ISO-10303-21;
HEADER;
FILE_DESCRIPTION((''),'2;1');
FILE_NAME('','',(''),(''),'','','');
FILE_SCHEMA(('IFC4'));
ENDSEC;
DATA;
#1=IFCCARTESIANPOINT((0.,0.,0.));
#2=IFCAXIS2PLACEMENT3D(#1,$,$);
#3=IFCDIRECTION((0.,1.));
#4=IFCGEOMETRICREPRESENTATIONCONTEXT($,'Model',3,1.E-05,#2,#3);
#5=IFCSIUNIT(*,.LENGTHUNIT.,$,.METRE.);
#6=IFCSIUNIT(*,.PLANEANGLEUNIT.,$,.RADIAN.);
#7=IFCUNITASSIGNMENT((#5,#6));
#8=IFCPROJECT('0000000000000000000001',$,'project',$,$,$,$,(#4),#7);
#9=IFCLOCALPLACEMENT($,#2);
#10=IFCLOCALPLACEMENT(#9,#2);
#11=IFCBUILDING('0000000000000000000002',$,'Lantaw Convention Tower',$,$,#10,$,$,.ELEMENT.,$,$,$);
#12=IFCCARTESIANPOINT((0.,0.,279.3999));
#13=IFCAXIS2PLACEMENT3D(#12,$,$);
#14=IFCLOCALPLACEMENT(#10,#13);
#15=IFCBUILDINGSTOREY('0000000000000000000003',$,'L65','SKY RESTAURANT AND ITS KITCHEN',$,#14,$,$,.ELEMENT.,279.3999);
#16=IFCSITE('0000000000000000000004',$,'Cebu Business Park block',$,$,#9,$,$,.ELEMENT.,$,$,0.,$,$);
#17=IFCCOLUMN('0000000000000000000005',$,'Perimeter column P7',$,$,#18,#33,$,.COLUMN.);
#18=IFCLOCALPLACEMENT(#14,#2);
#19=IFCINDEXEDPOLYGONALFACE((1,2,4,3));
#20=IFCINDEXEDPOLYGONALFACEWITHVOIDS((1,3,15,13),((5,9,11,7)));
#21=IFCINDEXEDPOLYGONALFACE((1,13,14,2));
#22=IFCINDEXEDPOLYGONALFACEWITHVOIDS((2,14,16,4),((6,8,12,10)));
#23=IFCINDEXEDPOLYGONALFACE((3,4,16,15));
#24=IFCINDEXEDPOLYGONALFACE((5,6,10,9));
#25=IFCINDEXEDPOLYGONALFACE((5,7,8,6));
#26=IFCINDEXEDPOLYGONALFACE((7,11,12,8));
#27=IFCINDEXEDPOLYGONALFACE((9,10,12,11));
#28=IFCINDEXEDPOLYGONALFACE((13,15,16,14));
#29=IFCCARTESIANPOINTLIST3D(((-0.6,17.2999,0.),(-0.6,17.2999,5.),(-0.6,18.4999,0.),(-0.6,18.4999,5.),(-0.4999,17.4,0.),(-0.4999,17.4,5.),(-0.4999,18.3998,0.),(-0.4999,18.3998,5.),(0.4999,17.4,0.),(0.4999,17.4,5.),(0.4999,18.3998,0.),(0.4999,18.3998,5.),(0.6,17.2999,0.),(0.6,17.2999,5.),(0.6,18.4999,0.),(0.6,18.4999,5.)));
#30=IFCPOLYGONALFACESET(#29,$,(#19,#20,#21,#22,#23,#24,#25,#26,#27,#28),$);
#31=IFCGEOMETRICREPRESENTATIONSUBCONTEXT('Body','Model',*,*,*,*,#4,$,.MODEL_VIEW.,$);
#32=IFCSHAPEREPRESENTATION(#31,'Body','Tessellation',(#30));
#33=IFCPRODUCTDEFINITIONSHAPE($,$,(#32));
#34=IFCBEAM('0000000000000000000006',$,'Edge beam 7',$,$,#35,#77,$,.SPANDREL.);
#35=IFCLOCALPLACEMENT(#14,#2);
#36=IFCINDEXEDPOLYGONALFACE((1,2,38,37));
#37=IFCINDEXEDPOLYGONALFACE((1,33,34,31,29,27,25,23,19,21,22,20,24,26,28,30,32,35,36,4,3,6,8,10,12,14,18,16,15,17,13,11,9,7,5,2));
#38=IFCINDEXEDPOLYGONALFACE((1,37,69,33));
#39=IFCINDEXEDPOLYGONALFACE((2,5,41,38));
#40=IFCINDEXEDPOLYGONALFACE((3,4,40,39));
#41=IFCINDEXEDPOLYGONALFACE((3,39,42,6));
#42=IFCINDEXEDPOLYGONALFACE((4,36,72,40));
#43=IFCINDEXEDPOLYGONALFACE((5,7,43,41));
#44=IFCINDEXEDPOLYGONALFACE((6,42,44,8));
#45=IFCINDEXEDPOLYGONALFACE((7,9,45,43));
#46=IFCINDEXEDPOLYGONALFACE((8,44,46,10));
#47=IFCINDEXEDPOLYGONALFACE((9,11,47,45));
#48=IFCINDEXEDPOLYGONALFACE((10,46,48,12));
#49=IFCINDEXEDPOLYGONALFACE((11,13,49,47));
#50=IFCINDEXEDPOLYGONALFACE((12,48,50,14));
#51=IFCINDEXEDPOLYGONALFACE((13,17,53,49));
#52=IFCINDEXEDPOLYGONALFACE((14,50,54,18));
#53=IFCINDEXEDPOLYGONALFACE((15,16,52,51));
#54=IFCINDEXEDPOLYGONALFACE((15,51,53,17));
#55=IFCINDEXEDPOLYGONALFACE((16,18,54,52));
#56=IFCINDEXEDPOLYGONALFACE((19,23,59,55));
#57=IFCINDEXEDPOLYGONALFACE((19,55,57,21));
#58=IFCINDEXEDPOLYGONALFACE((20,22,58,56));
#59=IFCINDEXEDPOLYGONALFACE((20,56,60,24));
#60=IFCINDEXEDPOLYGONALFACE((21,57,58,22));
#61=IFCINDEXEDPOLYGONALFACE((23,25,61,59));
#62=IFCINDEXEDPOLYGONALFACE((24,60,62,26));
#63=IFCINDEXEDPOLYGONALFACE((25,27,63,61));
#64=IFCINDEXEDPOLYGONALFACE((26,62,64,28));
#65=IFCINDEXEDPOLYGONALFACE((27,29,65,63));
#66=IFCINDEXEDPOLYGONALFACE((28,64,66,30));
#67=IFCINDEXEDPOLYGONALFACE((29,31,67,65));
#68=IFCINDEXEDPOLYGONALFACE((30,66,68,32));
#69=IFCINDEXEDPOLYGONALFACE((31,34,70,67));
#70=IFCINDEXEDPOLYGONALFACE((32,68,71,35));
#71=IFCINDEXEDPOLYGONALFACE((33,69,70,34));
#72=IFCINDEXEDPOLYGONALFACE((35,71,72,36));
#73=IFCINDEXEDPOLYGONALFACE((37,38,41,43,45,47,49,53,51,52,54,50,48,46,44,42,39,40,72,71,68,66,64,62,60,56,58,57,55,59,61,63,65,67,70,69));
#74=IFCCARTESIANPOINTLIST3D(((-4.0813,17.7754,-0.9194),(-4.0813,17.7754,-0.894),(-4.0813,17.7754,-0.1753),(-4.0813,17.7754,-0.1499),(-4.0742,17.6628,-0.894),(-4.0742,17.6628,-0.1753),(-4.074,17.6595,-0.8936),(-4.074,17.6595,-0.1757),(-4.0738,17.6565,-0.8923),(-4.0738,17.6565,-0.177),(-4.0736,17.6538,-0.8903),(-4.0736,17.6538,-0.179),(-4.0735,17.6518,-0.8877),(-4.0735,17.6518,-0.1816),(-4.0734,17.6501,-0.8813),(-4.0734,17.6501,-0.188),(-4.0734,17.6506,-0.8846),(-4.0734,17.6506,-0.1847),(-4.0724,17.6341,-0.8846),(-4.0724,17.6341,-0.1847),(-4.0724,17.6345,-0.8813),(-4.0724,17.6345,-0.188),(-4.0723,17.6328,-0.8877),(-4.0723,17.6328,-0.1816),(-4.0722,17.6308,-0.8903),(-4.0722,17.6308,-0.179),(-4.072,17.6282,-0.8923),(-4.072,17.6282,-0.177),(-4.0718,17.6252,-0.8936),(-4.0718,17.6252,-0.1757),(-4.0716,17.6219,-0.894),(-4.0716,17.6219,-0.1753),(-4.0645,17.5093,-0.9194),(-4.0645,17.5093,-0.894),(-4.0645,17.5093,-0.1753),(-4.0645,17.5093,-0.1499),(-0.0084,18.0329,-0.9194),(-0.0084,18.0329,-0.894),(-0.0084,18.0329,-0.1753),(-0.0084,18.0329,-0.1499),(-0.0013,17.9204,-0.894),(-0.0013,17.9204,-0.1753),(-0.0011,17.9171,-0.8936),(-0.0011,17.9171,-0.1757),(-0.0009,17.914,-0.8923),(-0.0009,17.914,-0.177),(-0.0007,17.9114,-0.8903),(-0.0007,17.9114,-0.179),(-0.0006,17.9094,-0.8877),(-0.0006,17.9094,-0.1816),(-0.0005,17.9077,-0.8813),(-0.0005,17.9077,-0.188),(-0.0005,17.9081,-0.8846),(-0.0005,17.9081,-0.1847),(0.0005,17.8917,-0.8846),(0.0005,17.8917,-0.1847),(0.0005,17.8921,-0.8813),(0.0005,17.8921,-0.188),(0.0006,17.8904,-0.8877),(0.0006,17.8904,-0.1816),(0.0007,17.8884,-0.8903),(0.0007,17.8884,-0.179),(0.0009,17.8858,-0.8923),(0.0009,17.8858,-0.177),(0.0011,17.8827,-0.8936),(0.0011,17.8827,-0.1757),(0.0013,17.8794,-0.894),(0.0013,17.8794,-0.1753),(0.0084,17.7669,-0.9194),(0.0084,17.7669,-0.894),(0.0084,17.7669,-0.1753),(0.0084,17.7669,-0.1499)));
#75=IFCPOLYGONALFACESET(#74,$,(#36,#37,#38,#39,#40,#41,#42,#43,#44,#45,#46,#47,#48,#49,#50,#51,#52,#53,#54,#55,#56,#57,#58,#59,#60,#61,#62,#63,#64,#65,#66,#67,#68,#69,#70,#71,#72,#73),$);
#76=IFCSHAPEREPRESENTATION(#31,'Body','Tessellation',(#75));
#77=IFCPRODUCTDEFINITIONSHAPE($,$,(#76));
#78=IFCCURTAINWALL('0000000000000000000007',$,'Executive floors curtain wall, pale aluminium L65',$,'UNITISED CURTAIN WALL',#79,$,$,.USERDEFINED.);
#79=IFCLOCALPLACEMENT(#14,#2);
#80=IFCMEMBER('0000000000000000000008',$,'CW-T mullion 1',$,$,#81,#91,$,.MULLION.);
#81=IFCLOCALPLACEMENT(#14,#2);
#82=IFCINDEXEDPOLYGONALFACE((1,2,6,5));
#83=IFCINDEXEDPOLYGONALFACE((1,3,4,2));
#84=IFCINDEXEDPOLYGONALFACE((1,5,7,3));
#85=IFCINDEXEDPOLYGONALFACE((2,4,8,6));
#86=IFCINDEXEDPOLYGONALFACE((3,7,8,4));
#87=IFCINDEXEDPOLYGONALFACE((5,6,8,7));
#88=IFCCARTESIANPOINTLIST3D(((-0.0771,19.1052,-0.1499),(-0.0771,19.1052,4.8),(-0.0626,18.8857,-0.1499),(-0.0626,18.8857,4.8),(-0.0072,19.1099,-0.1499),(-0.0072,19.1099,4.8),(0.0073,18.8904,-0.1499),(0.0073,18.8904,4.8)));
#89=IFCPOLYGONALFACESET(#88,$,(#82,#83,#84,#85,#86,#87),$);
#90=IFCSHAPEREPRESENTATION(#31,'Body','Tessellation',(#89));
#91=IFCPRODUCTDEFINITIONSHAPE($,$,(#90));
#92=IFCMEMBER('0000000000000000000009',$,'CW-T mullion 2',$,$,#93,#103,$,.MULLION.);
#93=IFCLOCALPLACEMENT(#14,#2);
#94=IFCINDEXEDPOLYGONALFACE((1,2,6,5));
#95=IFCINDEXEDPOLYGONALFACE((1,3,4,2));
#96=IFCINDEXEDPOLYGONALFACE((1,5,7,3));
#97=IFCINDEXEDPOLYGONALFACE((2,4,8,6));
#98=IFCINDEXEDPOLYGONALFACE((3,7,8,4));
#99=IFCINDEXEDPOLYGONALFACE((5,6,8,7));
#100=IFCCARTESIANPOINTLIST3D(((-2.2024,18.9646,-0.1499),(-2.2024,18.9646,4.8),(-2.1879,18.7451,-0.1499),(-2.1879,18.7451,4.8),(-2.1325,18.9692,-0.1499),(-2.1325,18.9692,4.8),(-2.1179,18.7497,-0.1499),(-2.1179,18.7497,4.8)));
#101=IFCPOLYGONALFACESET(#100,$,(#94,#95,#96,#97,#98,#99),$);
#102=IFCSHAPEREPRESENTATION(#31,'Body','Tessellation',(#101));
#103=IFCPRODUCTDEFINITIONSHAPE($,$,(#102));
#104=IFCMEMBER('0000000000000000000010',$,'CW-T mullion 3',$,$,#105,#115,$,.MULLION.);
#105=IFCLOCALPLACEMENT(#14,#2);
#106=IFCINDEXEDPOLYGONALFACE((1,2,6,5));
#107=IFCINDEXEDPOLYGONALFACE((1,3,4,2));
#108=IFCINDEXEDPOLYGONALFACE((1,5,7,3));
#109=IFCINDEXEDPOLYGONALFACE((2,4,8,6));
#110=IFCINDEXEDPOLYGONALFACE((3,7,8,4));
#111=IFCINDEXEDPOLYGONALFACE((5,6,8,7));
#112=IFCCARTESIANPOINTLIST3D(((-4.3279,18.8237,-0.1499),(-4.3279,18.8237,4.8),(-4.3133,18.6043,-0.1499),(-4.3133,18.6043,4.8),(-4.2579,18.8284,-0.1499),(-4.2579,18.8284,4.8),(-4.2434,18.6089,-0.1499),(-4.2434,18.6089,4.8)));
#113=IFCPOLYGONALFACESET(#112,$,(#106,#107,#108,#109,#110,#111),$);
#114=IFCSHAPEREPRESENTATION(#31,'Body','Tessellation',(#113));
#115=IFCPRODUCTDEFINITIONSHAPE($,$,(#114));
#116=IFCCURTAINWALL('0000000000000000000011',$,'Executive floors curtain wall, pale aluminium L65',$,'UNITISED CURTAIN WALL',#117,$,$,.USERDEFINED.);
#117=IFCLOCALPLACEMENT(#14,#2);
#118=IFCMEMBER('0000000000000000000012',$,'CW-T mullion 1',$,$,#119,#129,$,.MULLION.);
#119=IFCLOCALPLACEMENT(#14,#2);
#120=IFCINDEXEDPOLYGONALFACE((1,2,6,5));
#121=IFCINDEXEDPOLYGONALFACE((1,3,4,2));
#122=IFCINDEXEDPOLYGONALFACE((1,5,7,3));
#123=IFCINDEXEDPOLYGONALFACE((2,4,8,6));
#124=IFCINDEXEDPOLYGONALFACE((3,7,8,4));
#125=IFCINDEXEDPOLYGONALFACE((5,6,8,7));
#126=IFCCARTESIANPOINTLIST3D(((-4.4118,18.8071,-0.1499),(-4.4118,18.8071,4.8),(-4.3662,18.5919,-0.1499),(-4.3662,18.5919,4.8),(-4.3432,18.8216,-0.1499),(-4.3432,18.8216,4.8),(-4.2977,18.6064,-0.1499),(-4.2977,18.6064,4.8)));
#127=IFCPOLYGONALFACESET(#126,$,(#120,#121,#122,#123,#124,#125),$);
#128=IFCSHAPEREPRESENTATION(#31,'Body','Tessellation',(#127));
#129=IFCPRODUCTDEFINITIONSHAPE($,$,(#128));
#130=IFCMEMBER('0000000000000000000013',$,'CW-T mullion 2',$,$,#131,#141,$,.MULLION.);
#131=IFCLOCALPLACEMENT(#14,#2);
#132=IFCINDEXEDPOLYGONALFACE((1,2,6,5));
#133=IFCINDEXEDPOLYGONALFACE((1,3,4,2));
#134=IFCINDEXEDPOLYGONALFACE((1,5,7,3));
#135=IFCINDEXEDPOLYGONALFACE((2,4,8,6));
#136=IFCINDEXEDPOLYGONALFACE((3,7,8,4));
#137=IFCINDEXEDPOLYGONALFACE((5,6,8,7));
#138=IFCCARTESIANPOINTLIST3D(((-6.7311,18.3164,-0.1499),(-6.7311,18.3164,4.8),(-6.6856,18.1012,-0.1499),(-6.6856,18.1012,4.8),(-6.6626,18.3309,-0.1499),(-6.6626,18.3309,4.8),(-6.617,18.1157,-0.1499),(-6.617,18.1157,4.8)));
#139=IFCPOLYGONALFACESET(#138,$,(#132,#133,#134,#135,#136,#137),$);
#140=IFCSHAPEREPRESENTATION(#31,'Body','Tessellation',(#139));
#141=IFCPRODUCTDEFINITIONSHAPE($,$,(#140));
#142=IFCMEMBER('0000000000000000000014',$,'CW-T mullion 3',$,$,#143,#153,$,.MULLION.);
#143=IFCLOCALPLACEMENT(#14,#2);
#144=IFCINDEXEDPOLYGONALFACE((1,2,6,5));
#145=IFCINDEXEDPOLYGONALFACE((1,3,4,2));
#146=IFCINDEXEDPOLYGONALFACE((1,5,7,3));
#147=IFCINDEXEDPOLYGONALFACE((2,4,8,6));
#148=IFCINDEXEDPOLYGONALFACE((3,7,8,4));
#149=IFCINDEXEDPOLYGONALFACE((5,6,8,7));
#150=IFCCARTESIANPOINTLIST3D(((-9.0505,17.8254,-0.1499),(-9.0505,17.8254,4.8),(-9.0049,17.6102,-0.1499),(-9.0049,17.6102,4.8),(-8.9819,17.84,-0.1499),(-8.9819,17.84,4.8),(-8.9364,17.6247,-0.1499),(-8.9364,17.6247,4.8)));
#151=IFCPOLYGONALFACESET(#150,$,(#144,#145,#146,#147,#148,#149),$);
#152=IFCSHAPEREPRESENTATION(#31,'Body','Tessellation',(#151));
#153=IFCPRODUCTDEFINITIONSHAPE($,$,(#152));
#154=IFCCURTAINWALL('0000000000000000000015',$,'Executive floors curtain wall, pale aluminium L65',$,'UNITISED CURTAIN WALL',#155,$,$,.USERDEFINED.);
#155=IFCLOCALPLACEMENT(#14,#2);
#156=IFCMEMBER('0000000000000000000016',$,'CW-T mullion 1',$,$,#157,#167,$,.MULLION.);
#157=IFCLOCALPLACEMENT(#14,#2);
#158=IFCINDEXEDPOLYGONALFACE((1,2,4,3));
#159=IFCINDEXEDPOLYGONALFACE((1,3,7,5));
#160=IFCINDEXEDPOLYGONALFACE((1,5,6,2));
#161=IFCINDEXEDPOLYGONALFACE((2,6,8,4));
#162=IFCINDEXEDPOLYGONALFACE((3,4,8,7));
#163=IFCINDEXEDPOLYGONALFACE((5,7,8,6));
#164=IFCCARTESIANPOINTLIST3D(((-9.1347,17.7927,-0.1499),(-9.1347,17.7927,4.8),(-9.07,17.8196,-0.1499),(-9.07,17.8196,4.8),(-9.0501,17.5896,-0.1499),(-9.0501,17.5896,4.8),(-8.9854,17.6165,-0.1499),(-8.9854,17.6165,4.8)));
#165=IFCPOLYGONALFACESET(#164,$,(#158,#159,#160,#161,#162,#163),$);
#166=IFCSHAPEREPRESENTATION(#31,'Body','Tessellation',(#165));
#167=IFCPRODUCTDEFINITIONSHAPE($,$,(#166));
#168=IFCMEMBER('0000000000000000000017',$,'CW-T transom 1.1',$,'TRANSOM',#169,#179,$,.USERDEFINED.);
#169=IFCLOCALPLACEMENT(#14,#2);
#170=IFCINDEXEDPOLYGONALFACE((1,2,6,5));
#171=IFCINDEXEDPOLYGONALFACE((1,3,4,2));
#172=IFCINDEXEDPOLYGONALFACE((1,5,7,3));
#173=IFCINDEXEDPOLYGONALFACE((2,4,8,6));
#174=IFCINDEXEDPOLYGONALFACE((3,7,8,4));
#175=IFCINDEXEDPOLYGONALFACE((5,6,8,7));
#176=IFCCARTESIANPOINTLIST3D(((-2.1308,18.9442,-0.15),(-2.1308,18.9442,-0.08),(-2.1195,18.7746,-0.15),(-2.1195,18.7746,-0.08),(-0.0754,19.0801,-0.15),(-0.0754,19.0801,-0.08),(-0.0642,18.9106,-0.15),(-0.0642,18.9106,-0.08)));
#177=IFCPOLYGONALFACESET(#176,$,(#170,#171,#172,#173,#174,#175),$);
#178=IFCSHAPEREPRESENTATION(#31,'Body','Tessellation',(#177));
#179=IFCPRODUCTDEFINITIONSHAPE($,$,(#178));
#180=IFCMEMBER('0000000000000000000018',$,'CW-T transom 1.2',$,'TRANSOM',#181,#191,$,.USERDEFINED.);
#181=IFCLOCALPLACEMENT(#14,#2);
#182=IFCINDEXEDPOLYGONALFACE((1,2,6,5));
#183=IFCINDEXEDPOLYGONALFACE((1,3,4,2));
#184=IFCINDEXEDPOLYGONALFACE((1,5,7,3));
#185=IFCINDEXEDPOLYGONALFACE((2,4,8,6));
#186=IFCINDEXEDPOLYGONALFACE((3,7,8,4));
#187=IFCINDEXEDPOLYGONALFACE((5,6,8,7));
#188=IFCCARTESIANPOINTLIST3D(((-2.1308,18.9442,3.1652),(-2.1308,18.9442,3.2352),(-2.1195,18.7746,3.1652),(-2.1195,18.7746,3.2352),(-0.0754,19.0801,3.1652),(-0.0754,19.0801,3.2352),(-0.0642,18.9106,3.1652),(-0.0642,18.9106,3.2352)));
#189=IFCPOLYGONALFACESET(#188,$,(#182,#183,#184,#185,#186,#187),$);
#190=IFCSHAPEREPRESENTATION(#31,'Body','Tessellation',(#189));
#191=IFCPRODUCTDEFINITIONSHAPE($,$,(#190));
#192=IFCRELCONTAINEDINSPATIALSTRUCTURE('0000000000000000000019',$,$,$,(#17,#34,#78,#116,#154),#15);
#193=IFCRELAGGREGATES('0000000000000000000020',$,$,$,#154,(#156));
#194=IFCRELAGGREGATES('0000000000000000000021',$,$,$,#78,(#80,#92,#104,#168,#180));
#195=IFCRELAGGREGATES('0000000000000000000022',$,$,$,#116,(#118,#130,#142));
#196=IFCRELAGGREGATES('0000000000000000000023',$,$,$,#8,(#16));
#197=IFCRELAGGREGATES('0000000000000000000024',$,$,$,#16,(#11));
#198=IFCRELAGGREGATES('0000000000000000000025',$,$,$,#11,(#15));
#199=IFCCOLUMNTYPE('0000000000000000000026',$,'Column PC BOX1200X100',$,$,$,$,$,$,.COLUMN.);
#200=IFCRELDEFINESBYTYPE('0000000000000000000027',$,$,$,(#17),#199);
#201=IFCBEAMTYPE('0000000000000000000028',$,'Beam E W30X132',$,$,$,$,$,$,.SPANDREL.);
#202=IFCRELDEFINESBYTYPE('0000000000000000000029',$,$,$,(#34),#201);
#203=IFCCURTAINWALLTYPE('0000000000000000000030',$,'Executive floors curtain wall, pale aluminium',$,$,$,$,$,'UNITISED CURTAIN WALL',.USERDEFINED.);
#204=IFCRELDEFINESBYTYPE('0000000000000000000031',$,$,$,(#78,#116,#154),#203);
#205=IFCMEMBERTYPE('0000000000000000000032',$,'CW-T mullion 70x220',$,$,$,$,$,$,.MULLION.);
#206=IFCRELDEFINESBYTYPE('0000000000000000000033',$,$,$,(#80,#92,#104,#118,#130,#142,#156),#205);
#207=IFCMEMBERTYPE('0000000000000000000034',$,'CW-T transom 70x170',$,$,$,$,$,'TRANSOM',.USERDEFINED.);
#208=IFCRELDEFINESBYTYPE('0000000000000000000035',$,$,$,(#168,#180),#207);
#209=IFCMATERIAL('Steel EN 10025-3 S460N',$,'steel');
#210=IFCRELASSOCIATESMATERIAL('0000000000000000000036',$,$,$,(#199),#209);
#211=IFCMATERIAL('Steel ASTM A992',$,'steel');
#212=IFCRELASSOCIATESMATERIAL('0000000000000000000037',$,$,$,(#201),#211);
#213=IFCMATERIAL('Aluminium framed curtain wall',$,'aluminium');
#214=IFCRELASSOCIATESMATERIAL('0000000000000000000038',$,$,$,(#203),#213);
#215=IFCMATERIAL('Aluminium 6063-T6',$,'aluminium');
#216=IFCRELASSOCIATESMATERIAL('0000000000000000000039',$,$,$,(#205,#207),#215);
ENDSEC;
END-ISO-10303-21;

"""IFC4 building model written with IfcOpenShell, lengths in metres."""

from ifc_helpers import new_model, si_unit, direction, frame, origin, origin_2d, place, context, subcontext, project, spatial, rectangle, hollow_rectangle, i_section, extrude, material, material_profile, profile_set, type_object, element, aggregate, save


model = new_model("IFC4")

# Units and contexts
model_context = context("Model", 3, precision=1e-05, world=origin(), true_north=direction((0.0, 1.0)))
body_context = subcontext(model_context, "Body", "Model", "MODEL_VIEW")
ifc_project = project(units=[si_unit("LENGTHUNIT", "METRE"), si_unit("PLANEANGLEUNIT", "RADIAN")], contexts=[model_context])

# Site, building, storey
site_placement = place(None, origin())
site = spatial("IfcSite", under=ifc_project, at=site_placement, Name="Cebu Business Park block", CompositionType="ELEMENT", RefElevation=0.0)
building_placement = place(site_placement, origin())
building = spatial("IfcBuilding", under=site, at=building_placement, Name="Lantaw Convention Tower", CompositionType="ELEMENT")
storey_placement = place(building_placement, frame((0.0, 0.0, 279.3999)))
storey = spatial("IfcBuildingStorey", under=building, at=storey_placement, Name="L65", Description="SKY RESTAURANT AND ITS KITCHEN", CompositionType="ELEMENT", Elevation=279.3999)

# Column
ifc_material_1 = material(Name="Steel EN 10025-3 S460N", Category="steel")
ifc_material_profile_1 = material_profile(ifc_material_1, hollow_rectangle(XDim=1.2, YDim=1.2, WallThickness=0.1001, at=origin_2d()), Name="BOX1200X100")
ifc_material_2 = material(Name="Concrete C60/75", Category="concrete")
ifc_material_profile_2 = material_profile(ifc_material_2, rectangle(XDim=1.0, YDim=1.0, at=origin_2d()), Name="Concrete fill of BOX1200X100")
ifc_profile_set_1 = profile_set([ifc_material_profile_1, ifc_material_profile_2], Name="Steel EN 10025-3 S460N")
column_type = type_object("IfcColumnType", Name="Column PC BOX1200X100", PredefinedType="COLUMN", material=ifc_profile_set_1)
column_placement = place(storey_placement, frame((0.0, 17.8999, 0.0), z_axis=(0.0, 0.0, 1.0), x_axis=(1.0, 0.0, 0.0)))
element("IfcColumn", 1, at=column_placement, inside=storey, type_object=column_type, Name="Perimeter column P7", PredefinedType="COLUMN", context=body_context, shape_type="SweptSolid", body=[
    extrude(hollow_rectangle(XDim=1.2, YDim=1.2, WallThickness=0.1001, at=origin_2d()), origin(), (0.0, 0.0, 1.0), 5.0),
])

# Beam
ifc_material_3 = material(Name="Steel ASTM A992", Category="steel")
ifc_material_profile_3 = material_profile(ifc_material_3, i_section(OverallWidth=0.2666, OverallDepth=0.7695, WebThickness=0.0156, FlangeThickness=0.0254, FilletRadius=0.0127, at=origin_2d()), Name="W30X132")
ifc_profile_set_2 = profile_set([ifc_material_profile_3], Name="Steel ASTM A992")
beam_type = type_object("IfcBeamType", Name="Beam E W30X132", PredefinedType="SPANDREL", material=ifc_profile_set_2)
beam_placement = place(storey_placement, frame((0.0, 17.8999, -0.5347), z_axis=(-0.998006, -0.063112, 0.0), x_axis=(0.063112, -0.998006, 0.0)))
element("IfcBeam", 2, at=beam_placement, inside=storey, type_object=beam_type, Name="Edge beam 7", PredefinedType="SPANDREL", context=body_context, shape_type="SweptSolid", body=[
    extrude(i_section(OverallWidth=0.2666, OverallDepth=0.7695, WebThickness=0.0156, FlangeThickness=0.0254, FilletRadius=0.0127, at=origin_2d()), origin(), (0.0, 0.0, 1.0), 4.0811),
])

# Curtain walls, members
ifc_material_4 = material(Name="Aluminium framed curtain wall", Category="aluminium")
curtain_wall_type = type_object("IfcCurtainWallType", Name="Executive floors curtain wall, pale aluminium", ElementType="UNITISED CURTAIN WALL", PredefinedType="USERDEFINED", material=ifc_material_4)
curtain_wall_1_placement = place(storey_placement, origin())
curtain_wall_1 = element("IfcCurtainWall", 3, at=curtain_wall_1_placement, inside=storey, type_object=curtain_wall_type, Name="Executive floors curtain wall, pale aluminium L65", ObjectType="UNITISED CURTAIN WALL", PredefinedType="USERDEFINED")
ifc_material_5 = material(Name="Aluminium 6063-T6", Category="aluminium")
ifc_material_profile_4 = material_profile(ifc_material_5, rectangle(XDim=0.22, YDim=0.0701, at=origin_2d()), Name="CW-T mullion 70x220")
ifc_profile_set_3 = profile_set([ifc_material_profile_4], Name="Aluminium 6063-T6")
member_type_1 = type_object("IfcMemberType", Name="CW-T mullion 70x220", PredefinedType="MULLION", material=ifc_profile_set_3)
member_1_placement = place(storey_placement, frame((-0.0349, 18.9978, -0.1499), z_axis=(0.0, 0.0, 1.0), x_axis=(0.066025, -0.997818, 0.0)))
member_1 = element("IfcMember", 4, at=member_1_placement, type_object=member_type_1, Name="CW-T mullion 1", PredefinedType="MULLION", context=body_context, shape_type="SweptSolid", body=[
    extrude(rectangle(XDim=0.22, YDim=0.0701, at=origin_2d()), origin(), (0.0, 0.0, 1.0), 4.95),
])
member_2_placement = place(storey_placement, frame((-2.1602, 18.8572, -0.1499), z_axis=(0.0, 0.0, 1.0), x_axis=(0.066025, -0.997818, 0.0)))
member_2 = element("IfcMember", 5, at=member_2_placement, type_object=member_type_1, Name="CW-T mullion 2", PredefinedType="MULLION", context=body_context, shape_type="SweptSolid", body=[
    extrude(rectangle(XDim=0.22, YDim=0.0701, at=origin_2d()), origin(), (0.0, 0.0, 1.0), 4.95),
])
member_3_placement = place(storey_placement, frame((-4.2856, 18.7163, -0.1499), z_axis=(0.0, 0.0, 1.0), x_axis=(0.066025, -0.997818, 0.0)))
member_3 = element("IfcMember", 6, at=member_3_placement, type_object=member_type_1, Name="CW-T mullion 3", PredefinedType="MULLION", context=body_context, shape_type="SweptSolid", body=[
    extrude(rectangle(XDim=0.22, YDim=0.0701, at=origin_2d()), origin(), (0.0, 0.0, 1.0), 4.95),
])
curtain_wall_2_placement = place(storey_placement, origin())
curtain_wall_2 = element("IfcCurtainWall", 7, at=curtain_wall_2_placement, inside=storey, type_object=curtain_wall_type, Name="Executive floors curtain wall, pale aluminium L65", ObjectType="UNITISED CURTAIN WALL", PredefinedType="USERDEFINED")
member_4_placement = place(storey_placement, frame((-4.3547, 18.7068, -0.1499), z_axis=(0.0, 0.0, 1.0), x_axis=(0.20704, -0.978332, 0.0)))
member_4 = element("IfcMember", 8, at=member_4_placement, type_object=member_type_1, Name="CW-T mullion 1", PredefinedType="MULLION", context=body_context, shape_type="SweptSolid", body=[
    extrude(rectangle(XDim=0.22, YDim=0.0701, at=origin_2d()), origin(), (0.0, 0.0, 1.0), 4.95),
])
member_5_placement = place(storey_placement, frame((-6.6741, 18.2161, -0.1499), z_axis=(0.0, 0.0, 1.0), x_axis=(0.20704, -0.978332, 0.0)))
member_5 = element("IfcMember", 9, at=member_5_placement, type_object=member_type_1, Name="CW-T mullion 2", PredefinedType="MULLION", context=body_context, shape_type="SweptSolid", body=[
    extrude(rectangle(XDim=0.22, YDim=0.0701, at=origin_2d()), origin(), (0.0, 0.0, 1.0), 4.95),
])
member_6_placement = place(storey_placement, frame((-8.9934, 17.7251, -0.1499), z_axis=(0.0, 0.0, 1.0), x_axis=(0.20704, -0.978332, 0.0)))
member_6 = element("IfcMember", 10, at=member_6_placement, type_object=member_type_1, Name="CW-T mullion 3", PredefinedType="MULLION", context=body_context, shape_type="SweptSolid", body=[
    extrude(rectangle(XDim=0.22, YDim=0.0701, at=origin_2d()), origin(), (0.0, 0.0, 1.0), 4.95),
])

# Curtain wall, member
curtain_wall_3_placement = place(storey_placement, origin())
curtain_wall_3 = element("IfcCurtainWall", 11, at=curtain_wall_3_placement, inside=storey, type_object=curtain_wall_type, Name="Executive floors curtain wall, pale aluminium L65", ObjectType="UNITISED CURTAIN WALL", PredefinedType="USERDEFINED")
member_7_placement = place(storey_placement, frame((-9.0601, 17.7046, -0.1499), z_axis=(0.0, 0.0, 1.0), x_axis=(0.38446, -0.923142, 0.0)))
member_7 = element("IfcMember", 12, at=member_7_placement, type_object=member_type_1, Name="CW-T mullion 1", PredefinedType="MULLION", context=body_context, shape_type="SweptSolid", body=[
    extrude(rectangle(XDim=0.22, YDim=0.0701, at=origin_2d()), origin(), (0.0, 0.0, 1.0), 4.95),
])

# Members
ifc_material_profile_5 = material_profile(ifc_material_5, rectangle(XDim=0.1699, YDim=0.0701, at=origin_2d()), Name="CW-T transom 70x170")
ifc_profile_set_4 = profile_set([ifc_material_profile_5], Name="Aluminium 6063-T6")
member_type_2 = type_object("IfcMemberType", Name="CW-T transom 70x170", ElementType="TRANSOM", PredefinedType="USERDEFINED", material=ifc_profile_set_4)
member_8_placement = place(storey_placement, frame((-0.0698, 18.9954, -0.115), z_axis=(-0.997819, -0.066016, 0.0), x_axis=(0.066016, -0.997819, 0.0)))
member_8 = element("IfcMember", 13, at=member_8_placement, type_object=member_type_2, Name="CW-T transom 1.1", ObjectType="TRANSOM", PredefinedType="USERDEFINED", context=body_context, shape_type="SweptSolid", body=[
    extrude(rectangle(XDim=0.1699, YDim=0.0701, at=origin_2d()), origin(), (0.0, 0.0, 1.0), 2.0598),
])
member_9_placement = place(storey_placement, frame((-0.0698, 18.9954, 3.2002), z_axis=(-0.997819, -0.066016, 0.0), x_axis=(0.066016, -0.997819, 0.0)))
member_9 = element("IfcMember", 14, at=member_9_placement, type_object=member_type_2, Name="CW-T transom 1.2", ObjectType="TRANSOM", PredefinedType="USERDEFINED", context=body_context, shape_type="SweptSolid", body=[
    extrude(rectangle(XDim=0.1699, YDim=0.0701, at=origin_2d()), origin(), (0.0, 0.0, 1.0), 2.0598),
])
aggregate(curtain_wall_3, [member_7])

aggregate(curtain_wall_1, [member_1, member_2, member_3, member_8, member_9])
aggregate(curtain_wall_2, [member_4, member_5, member_6])

save(model, "model.ifc")
